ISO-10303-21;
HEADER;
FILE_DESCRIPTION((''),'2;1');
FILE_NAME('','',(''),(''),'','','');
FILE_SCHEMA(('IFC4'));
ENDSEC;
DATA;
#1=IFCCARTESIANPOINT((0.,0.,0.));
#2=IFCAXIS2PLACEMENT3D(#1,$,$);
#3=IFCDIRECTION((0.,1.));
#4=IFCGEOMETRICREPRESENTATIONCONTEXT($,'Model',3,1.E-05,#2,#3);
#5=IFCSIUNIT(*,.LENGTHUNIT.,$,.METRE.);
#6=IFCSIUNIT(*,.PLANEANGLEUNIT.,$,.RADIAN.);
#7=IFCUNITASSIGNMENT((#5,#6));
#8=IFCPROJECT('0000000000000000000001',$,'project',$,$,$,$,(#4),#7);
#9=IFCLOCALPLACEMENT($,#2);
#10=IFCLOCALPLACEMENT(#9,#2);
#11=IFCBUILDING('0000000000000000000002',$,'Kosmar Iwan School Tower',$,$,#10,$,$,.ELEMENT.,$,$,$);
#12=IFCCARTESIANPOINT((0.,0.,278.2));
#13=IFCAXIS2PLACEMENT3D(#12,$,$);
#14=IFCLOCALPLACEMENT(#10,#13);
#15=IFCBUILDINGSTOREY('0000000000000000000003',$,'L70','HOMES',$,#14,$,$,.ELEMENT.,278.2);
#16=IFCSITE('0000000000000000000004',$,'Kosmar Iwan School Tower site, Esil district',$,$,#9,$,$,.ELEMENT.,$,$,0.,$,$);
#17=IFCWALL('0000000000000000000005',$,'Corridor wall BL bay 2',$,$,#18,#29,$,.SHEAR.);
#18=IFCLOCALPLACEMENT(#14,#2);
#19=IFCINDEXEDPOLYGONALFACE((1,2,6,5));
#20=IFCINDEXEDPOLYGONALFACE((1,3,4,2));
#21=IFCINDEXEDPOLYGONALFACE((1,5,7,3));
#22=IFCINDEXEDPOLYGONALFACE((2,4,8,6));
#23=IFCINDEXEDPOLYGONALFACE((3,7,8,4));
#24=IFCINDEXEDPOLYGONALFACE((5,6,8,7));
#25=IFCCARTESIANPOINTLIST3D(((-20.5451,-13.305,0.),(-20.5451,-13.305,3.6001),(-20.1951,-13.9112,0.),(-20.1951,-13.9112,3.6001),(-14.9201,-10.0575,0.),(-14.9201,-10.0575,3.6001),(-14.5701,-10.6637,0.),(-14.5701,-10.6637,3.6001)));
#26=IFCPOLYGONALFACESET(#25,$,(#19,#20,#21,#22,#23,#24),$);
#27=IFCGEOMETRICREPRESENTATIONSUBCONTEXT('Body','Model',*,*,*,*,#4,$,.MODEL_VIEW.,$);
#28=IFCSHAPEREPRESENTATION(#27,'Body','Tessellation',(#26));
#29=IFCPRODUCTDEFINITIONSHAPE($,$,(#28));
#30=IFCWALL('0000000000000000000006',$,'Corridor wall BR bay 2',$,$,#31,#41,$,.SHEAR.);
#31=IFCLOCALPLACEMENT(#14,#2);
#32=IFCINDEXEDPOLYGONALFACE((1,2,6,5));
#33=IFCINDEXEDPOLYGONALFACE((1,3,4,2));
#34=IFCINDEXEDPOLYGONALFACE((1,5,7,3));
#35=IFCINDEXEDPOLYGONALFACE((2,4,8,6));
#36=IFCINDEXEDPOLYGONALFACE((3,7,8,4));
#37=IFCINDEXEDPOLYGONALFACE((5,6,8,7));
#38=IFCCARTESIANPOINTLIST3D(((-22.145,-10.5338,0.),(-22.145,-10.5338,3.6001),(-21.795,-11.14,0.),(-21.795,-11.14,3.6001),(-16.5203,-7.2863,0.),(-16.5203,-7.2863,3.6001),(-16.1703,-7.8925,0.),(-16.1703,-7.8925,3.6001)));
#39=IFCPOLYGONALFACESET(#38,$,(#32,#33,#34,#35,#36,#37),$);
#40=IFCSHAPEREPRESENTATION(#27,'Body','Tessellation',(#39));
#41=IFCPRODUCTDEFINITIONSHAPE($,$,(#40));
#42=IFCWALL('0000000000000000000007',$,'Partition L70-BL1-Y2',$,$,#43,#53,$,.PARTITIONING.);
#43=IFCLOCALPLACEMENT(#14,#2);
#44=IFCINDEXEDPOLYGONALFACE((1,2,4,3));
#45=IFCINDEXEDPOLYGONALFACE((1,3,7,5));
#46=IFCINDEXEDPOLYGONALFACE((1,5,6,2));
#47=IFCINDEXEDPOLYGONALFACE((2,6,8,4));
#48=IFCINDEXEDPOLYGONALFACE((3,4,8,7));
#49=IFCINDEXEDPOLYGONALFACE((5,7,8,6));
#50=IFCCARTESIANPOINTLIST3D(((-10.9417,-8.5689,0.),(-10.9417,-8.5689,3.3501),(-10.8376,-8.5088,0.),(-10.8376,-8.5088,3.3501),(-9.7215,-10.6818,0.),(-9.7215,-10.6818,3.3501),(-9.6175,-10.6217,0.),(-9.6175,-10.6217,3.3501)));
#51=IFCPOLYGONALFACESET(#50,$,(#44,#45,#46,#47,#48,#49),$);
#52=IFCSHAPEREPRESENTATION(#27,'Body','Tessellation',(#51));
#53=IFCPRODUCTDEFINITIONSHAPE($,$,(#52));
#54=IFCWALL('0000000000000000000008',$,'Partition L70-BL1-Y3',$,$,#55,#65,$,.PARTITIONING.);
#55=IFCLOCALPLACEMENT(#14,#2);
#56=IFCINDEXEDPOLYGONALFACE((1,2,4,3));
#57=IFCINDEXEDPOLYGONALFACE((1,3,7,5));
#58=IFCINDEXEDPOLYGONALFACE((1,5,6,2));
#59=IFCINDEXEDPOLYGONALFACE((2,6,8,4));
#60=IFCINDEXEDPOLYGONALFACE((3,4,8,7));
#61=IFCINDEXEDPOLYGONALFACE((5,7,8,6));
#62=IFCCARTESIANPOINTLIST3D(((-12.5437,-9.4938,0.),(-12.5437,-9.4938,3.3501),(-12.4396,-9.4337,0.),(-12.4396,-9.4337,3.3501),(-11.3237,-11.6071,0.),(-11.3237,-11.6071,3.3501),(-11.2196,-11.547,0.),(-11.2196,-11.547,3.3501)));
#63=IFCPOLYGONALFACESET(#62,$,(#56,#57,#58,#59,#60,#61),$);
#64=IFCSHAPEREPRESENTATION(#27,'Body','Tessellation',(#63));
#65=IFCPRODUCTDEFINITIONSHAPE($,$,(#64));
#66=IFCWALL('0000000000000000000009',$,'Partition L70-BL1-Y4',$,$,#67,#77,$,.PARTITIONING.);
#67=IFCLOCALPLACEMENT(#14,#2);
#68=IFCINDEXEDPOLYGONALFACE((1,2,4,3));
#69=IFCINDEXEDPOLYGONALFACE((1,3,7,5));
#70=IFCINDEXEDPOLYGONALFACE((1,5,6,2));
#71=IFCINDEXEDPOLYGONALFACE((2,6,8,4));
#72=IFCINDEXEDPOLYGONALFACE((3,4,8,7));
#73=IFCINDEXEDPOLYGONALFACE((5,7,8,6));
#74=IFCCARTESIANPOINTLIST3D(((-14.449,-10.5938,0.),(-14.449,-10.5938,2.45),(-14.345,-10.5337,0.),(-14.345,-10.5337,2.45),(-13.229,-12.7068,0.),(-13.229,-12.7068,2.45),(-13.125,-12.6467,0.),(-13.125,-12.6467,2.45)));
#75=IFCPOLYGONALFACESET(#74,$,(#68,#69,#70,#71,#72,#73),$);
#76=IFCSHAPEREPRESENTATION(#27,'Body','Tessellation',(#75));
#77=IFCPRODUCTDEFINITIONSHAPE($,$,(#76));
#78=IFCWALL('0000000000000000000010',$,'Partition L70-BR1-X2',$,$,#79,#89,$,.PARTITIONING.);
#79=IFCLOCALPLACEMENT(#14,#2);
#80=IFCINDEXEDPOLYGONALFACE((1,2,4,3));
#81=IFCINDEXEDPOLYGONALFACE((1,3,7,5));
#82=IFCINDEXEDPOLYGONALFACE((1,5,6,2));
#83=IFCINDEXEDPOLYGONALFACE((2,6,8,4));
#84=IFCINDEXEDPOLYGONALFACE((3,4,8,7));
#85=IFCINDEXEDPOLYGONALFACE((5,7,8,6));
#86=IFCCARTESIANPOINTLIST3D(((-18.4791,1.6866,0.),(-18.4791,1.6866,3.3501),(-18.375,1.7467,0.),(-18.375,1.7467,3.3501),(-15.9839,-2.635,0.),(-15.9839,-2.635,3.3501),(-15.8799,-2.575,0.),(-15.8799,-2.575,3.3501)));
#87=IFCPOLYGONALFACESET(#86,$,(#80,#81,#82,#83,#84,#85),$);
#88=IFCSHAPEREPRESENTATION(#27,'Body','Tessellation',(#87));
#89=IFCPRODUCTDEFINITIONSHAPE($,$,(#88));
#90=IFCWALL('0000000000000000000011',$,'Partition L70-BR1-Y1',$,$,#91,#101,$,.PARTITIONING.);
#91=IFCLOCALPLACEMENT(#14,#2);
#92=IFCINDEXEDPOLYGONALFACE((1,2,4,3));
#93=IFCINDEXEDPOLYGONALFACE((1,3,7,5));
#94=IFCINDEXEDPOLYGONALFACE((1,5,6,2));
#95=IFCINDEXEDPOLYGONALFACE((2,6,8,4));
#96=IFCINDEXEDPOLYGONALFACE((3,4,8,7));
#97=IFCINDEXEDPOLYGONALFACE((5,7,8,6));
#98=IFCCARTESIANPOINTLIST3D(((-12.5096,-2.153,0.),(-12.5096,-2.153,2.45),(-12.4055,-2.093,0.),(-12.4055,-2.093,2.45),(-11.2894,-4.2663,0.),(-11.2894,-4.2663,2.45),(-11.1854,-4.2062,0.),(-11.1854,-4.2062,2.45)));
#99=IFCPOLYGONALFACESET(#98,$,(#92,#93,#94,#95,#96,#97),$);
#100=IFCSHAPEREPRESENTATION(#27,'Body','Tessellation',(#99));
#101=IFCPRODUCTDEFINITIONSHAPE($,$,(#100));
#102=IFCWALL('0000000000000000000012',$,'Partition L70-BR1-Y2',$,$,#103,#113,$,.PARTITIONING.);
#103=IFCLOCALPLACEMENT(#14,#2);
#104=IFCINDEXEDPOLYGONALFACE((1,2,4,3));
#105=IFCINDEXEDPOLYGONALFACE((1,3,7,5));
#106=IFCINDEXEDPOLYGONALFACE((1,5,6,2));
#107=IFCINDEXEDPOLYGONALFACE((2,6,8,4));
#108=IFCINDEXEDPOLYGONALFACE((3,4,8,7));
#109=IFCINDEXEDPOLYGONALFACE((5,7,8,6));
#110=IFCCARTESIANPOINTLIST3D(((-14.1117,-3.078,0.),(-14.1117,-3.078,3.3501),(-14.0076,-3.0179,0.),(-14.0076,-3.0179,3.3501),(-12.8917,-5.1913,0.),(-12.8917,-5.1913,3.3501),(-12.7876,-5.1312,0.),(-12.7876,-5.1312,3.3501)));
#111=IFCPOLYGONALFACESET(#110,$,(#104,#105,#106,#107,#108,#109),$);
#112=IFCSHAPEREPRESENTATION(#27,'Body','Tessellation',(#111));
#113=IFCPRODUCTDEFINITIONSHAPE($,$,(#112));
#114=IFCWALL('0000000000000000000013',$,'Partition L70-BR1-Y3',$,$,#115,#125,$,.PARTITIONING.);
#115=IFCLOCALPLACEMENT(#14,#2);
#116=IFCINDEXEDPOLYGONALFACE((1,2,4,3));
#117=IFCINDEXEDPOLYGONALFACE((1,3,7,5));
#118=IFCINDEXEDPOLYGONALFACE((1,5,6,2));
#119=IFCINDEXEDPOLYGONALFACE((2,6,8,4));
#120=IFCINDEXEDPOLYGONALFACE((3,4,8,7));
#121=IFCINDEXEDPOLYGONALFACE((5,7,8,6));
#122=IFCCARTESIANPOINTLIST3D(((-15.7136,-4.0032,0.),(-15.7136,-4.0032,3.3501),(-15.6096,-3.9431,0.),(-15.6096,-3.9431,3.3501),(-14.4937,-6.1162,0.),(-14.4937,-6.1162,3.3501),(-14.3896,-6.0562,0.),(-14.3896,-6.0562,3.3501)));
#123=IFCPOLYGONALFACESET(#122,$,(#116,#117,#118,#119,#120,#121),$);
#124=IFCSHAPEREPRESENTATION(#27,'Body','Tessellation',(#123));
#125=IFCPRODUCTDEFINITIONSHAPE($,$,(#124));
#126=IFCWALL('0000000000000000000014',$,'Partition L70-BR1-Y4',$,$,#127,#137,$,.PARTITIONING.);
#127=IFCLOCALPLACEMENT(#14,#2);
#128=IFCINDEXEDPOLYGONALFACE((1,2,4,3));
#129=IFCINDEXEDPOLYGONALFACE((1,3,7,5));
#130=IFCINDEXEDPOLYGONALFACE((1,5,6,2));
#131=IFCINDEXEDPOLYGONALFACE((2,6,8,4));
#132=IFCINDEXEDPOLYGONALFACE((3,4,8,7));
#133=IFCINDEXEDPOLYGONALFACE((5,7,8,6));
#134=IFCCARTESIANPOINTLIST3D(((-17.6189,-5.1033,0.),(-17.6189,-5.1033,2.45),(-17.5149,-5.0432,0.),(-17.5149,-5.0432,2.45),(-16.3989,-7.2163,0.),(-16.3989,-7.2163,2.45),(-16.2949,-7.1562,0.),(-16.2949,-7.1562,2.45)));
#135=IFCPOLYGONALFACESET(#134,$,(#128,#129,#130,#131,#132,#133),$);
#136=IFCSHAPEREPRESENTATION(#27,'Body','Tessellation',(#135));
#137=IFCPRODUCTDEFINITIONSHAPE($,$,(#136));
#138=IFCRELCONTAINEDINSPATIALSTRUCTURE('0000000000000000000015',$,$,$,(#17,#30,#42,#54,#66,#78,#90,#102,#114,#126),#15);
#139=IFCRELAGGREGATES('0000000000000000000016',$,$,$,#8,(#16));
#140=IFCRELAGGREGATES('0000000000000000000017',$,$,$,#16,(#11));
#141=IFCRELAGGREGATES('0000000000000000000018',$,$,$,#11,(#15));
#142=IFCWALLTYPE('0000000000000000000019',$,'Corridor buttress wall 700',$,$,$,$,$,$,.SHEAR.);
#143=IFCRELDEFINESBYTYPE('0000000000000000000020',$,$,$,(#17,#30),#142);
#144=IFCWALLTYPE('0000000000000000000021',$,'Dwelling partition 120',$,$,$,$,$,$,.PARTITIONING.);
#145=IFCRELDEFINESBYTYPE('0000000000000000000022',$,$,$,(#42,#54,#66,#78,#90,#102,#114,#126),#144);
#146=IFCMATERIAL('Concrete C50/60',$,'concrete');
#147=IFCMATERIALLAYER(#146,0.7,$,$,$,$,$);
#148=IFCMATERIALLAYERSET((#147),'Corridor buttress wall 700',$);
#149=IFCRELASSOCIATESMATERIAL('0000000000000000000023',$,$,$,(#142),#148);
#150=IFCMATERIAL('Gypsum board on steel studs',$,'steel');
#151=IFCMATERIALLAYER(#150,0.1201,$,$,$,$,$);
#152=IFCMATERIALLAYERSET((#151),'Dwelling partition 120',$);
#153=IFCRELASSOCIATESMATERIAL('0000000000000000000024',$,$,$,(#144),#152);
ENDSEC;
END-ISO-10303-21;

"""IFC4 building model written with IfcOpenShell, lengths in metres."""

from ifc_helpers import new_model, si_unit, direction, frame, frame_2d, origin, place, context, subcontext, project, spatial, rectangle, extrude, material, layer, layer_set, type_object, element, save


model = new_model("IFC4")

# Units and contexts
model_context = context("Model", 3, precision=1e-05, world=origin(), true_north=direction((0.0, 1.0)))
body_context = subcontext(model_context, "Body", "Model", "MODEL_VIEW")
ifc_project = project(units=[si_unit("LENGTHUNIT", "METRE"), si_unit("PLANEANGLEUNIT", "RADIAN")], contexts=[model_context])

# Site, building, storey
site_placement = place(None, origin())
site = spatial("IfcSite", under=ifc_project, at=site_placement, Name="Kosmar Iwan School Tower site, Esil district", CompositionType="ELEMENT", RefElevation=0.0)
building_placement = place(site_placement, origin())
building = spatial("IfcBuilding", under=site, at=building_placement, Name="Kosmar Iwan School Tower", CompositionType="ELEMENT")
storey_placement = place(building_placement, frame((0.0, 0.0, 278.2)))
storey = spatial("IfcBuildingStorey", under=building, at=storey_placement, Name="L70", Description="HOMES", CompositionType="ELEMENT", Elevation=278.2)

# Walls
ifc_material_1 = material(Name="Concrete C50/60", Category="concrete")
ifc_layer_1 = layer(ifc_material_1, 0.7)
ifc_layer_set_1 = layer_set([ifc_layer_1], Name="Corridor buttress wall 700")
wall_type_1 = type_object("IfcWallType", Name="Corridor buttress wall 700", PredefinedType="SHEAR", material=ifc_layer_set_1)
wall_1_placement = place(storey_placement, frame((-14.7451, -10.3606, 0.0), z_axis=(0.0, 0.0, 1.0), x_axis=(-0.866028, -0.499996, 0.0)))
element("IfcWall", 1, at=wall_1_placement, inside=storey, type_object=wall_type_1, Name="Corridor wall BL bay 2", PredefinedType="SHEAR", context=body_context, shape_type="SweptSolid", body=[
    extrude(rectangle(XDim=6.4951, YDim=0.7, at=frame_2d((3.2476, 0.0))), origin(), (0.0, 0.0, 1.0), 3.6001),
])
wall_2_placement = place(storey_placement, frame((-16.3452, -7.5894, 0.0), z_axis=(0.0, 0.0, 1.0), x_axis=(-0.866018, -0.500012, 0.0)))
element("IfcWall", 2, at=wall_2_placement, inside=storey, type_object=wall_type_1, Name="Corridor wall BR bay 2", PredefinedType="SHEAR", context=body_context, shape_type="SweptSolid", body=[
    extrude(rectangle(XDim=6.4949, YDim=0.7, at=frame_2d((3.2476, 0.0))), origin(), (0.0, 0.0, 1.0), 3.6001),
])
ifc_material_2 = material(Name="Gypsum board on steel studs", Category="steel")
ifc_layer_2 = layer(ifc_material_2, 0.1201)
ifc_layer_set_2 = layer_set([ifc_layer_2], Name="Dwelling partition 120")
wall_type_2 = type_object("IfcWallType", Name="Dwelling partition 120", PredefinedType="PARTITIONING", material=ifc_layer_set_2)
wall_3_placement = place(storey_placement, frame((-10.8896, -8.5388, 0.0), z_axis=(0.0, 0.0, 1.0), x_axis=(0.500078, -0.865981, 0.0)))
element("IfcWall", 3, at=wall_3_placement, inside=storey, type_object=wall_type_2, Name="Partition L70-BL1-Y2", PredefinedType="PARTITIONING", context=body_context, shape_type="SweptSolid", body=[
    extrude(rectangle(XDim=2.4399, YDim=0.1201, at=frame_2d((1.22, 0.0))), origin(), (0.0, 0.0, 1.0), 3.3501),
])
wall_4_placement = place(storey_placement, frame((-12.4917, -9.4636, 0.0), z_axis=(0.0, 0.0, 1.0), x_axis=(0.499959, -0.866049, 0.0)))
element("IfcWall", 4, at=wall_4_placement, inside=storey, type_object=wall_type_2, Name="Partition L70-BL1-Y3", PredefinedType="PARTITIONING", context=body_context, shape_type="SweptSolid", body=[
    extrude(rectangle(XDim=2.4402, YDim=0.1201, at=frame_2d((1.2202, 0.0))), origin(), (0.0, 0.0, 1.0), 3.3501),
])
wall_5_placement = place(storey_placement, frame((-14.397, -10.5637, 0.0), z_axis=(0.0, 0.0, 1.0), x_axis=(0.500003, -0.866024, 0.0)))
element("IfcWall", 5, at=wall_5_placement, inside=storey, type_object=wall_type_2, Name="Partition L70-BL1-Y4", PredefinedType="PARTITIONING", context=body_context, shape_type="SweptSolid", body=[
    extrude(rectangle(XDim=2.4399, YDim=0.1201, at=frame_2d((1.22, 0.0))), origin(), (0.0, 0.0, 1.0), 2.45),
])
wall_6_placement = place(storey_placement, frame((-15.9319, -2.605, 0.0), z_axis=(0.0, 0.0, 1.0), x_axis=(-0.500012, 0.866019, 0.0)))
element("IfcWall", 6, at=wall_6_placement, inside=storey, type_object=wall_type_2, Name="Partition L70-BR1-X2", PredefinedType="PARTITIONING", context=body_context, shape_type="SweptSolid", body=[
    extrude(rectangle(XDim=4.9902, YDim=0.1201, at=frame_2d((2.4951, 0.0))), origin(), (0.0, 0.0, 1.0), 3.3501),
])
wall_7_placement = place(storey_placement, frame((-11.2373, -4.2363, 0.0), z_axis=(0.0, 0.0, 1.0), x_axis=(-0.500034, 0.866006, 0.0)))
element("IfcWall", 7, at=wall_7_placement, inside=storey, type_object=wall_type_2, Name="Partition L70-BR1-Y1", PredefinedType="PARTITIONING", context=body_context, shape_type="SweptSolid", body=[
    extrude(rectangle(XDim=2.4402, YDim=0.1201, at=frame_2d((1.2202, 0.0))), origin(), (0.0, 0.0, 1.0), 2.45),
])
wall_8_placement = place(storey_placement, frame((-12.8396, -5.1614, 0.0), z_axis=(0.0, 0.0, 1.0), x_axis=(-0.499959, 0.866049, 0.0)))
element("IfcWall", 8, at=wall_8_placement, inside=storey, type_object=wall_type_2, Name="Partition L70-BR1-Y2", PredefinedType="PARTITIONING", context=body_context, shape_type="SweptSolid", body=[
    extrude(rectangle(XDim=2.4402, YDim=0.1201, at=frame_2d((1.2202, 0.0))), origin(), (0.0, 0.0, 1.0), 3.3501),
])
wall_9_placement = place(storey_placement, frame((-14.4417, -6.0862, 0.0), z_axis=(0.0, 0.0, 1.0), x_axis=(-0.500003, 0.866024, 0.0)))
element("IfcWall", 9, at=wall_9_placement, inside=storey, type_object=wall_type_2, Name="Partition L70-BR1-Y3", PredefinedType="PARTITIONING", context=body_context, shape_type="SweptSolid", body=[
    extrude(rectangle(XDim=2.4399, YDim=0.1201, at=frame_2d((1.22, 0.0))), origin(), (0.0, 0.0, 1.0), 3.3501),
])
wall_10_placement = place(storey_placement, frame((-16.3469, -7.1863, 0.0), z_axis=(0.0, 0.0, 1.0), x_axis=(-0.500003, 0.866024, 0.0)))
element("IfcWall", 10, at=wall_10_placement, inside=storey, type_object=wall_type_2, Name="Partition L70-BR1-Y4", PredefinedType="PARTITIONING", context=body_context, shape_type="SweptSolid", body=[
    extrude(rectangle(XDim=2.4399, YDim=0.1201, at=frame_2d((1.22, 0.0))), origin(), (0.0, 0.0, 1.0), 2.45),
])

save(model, "model.ifc")
